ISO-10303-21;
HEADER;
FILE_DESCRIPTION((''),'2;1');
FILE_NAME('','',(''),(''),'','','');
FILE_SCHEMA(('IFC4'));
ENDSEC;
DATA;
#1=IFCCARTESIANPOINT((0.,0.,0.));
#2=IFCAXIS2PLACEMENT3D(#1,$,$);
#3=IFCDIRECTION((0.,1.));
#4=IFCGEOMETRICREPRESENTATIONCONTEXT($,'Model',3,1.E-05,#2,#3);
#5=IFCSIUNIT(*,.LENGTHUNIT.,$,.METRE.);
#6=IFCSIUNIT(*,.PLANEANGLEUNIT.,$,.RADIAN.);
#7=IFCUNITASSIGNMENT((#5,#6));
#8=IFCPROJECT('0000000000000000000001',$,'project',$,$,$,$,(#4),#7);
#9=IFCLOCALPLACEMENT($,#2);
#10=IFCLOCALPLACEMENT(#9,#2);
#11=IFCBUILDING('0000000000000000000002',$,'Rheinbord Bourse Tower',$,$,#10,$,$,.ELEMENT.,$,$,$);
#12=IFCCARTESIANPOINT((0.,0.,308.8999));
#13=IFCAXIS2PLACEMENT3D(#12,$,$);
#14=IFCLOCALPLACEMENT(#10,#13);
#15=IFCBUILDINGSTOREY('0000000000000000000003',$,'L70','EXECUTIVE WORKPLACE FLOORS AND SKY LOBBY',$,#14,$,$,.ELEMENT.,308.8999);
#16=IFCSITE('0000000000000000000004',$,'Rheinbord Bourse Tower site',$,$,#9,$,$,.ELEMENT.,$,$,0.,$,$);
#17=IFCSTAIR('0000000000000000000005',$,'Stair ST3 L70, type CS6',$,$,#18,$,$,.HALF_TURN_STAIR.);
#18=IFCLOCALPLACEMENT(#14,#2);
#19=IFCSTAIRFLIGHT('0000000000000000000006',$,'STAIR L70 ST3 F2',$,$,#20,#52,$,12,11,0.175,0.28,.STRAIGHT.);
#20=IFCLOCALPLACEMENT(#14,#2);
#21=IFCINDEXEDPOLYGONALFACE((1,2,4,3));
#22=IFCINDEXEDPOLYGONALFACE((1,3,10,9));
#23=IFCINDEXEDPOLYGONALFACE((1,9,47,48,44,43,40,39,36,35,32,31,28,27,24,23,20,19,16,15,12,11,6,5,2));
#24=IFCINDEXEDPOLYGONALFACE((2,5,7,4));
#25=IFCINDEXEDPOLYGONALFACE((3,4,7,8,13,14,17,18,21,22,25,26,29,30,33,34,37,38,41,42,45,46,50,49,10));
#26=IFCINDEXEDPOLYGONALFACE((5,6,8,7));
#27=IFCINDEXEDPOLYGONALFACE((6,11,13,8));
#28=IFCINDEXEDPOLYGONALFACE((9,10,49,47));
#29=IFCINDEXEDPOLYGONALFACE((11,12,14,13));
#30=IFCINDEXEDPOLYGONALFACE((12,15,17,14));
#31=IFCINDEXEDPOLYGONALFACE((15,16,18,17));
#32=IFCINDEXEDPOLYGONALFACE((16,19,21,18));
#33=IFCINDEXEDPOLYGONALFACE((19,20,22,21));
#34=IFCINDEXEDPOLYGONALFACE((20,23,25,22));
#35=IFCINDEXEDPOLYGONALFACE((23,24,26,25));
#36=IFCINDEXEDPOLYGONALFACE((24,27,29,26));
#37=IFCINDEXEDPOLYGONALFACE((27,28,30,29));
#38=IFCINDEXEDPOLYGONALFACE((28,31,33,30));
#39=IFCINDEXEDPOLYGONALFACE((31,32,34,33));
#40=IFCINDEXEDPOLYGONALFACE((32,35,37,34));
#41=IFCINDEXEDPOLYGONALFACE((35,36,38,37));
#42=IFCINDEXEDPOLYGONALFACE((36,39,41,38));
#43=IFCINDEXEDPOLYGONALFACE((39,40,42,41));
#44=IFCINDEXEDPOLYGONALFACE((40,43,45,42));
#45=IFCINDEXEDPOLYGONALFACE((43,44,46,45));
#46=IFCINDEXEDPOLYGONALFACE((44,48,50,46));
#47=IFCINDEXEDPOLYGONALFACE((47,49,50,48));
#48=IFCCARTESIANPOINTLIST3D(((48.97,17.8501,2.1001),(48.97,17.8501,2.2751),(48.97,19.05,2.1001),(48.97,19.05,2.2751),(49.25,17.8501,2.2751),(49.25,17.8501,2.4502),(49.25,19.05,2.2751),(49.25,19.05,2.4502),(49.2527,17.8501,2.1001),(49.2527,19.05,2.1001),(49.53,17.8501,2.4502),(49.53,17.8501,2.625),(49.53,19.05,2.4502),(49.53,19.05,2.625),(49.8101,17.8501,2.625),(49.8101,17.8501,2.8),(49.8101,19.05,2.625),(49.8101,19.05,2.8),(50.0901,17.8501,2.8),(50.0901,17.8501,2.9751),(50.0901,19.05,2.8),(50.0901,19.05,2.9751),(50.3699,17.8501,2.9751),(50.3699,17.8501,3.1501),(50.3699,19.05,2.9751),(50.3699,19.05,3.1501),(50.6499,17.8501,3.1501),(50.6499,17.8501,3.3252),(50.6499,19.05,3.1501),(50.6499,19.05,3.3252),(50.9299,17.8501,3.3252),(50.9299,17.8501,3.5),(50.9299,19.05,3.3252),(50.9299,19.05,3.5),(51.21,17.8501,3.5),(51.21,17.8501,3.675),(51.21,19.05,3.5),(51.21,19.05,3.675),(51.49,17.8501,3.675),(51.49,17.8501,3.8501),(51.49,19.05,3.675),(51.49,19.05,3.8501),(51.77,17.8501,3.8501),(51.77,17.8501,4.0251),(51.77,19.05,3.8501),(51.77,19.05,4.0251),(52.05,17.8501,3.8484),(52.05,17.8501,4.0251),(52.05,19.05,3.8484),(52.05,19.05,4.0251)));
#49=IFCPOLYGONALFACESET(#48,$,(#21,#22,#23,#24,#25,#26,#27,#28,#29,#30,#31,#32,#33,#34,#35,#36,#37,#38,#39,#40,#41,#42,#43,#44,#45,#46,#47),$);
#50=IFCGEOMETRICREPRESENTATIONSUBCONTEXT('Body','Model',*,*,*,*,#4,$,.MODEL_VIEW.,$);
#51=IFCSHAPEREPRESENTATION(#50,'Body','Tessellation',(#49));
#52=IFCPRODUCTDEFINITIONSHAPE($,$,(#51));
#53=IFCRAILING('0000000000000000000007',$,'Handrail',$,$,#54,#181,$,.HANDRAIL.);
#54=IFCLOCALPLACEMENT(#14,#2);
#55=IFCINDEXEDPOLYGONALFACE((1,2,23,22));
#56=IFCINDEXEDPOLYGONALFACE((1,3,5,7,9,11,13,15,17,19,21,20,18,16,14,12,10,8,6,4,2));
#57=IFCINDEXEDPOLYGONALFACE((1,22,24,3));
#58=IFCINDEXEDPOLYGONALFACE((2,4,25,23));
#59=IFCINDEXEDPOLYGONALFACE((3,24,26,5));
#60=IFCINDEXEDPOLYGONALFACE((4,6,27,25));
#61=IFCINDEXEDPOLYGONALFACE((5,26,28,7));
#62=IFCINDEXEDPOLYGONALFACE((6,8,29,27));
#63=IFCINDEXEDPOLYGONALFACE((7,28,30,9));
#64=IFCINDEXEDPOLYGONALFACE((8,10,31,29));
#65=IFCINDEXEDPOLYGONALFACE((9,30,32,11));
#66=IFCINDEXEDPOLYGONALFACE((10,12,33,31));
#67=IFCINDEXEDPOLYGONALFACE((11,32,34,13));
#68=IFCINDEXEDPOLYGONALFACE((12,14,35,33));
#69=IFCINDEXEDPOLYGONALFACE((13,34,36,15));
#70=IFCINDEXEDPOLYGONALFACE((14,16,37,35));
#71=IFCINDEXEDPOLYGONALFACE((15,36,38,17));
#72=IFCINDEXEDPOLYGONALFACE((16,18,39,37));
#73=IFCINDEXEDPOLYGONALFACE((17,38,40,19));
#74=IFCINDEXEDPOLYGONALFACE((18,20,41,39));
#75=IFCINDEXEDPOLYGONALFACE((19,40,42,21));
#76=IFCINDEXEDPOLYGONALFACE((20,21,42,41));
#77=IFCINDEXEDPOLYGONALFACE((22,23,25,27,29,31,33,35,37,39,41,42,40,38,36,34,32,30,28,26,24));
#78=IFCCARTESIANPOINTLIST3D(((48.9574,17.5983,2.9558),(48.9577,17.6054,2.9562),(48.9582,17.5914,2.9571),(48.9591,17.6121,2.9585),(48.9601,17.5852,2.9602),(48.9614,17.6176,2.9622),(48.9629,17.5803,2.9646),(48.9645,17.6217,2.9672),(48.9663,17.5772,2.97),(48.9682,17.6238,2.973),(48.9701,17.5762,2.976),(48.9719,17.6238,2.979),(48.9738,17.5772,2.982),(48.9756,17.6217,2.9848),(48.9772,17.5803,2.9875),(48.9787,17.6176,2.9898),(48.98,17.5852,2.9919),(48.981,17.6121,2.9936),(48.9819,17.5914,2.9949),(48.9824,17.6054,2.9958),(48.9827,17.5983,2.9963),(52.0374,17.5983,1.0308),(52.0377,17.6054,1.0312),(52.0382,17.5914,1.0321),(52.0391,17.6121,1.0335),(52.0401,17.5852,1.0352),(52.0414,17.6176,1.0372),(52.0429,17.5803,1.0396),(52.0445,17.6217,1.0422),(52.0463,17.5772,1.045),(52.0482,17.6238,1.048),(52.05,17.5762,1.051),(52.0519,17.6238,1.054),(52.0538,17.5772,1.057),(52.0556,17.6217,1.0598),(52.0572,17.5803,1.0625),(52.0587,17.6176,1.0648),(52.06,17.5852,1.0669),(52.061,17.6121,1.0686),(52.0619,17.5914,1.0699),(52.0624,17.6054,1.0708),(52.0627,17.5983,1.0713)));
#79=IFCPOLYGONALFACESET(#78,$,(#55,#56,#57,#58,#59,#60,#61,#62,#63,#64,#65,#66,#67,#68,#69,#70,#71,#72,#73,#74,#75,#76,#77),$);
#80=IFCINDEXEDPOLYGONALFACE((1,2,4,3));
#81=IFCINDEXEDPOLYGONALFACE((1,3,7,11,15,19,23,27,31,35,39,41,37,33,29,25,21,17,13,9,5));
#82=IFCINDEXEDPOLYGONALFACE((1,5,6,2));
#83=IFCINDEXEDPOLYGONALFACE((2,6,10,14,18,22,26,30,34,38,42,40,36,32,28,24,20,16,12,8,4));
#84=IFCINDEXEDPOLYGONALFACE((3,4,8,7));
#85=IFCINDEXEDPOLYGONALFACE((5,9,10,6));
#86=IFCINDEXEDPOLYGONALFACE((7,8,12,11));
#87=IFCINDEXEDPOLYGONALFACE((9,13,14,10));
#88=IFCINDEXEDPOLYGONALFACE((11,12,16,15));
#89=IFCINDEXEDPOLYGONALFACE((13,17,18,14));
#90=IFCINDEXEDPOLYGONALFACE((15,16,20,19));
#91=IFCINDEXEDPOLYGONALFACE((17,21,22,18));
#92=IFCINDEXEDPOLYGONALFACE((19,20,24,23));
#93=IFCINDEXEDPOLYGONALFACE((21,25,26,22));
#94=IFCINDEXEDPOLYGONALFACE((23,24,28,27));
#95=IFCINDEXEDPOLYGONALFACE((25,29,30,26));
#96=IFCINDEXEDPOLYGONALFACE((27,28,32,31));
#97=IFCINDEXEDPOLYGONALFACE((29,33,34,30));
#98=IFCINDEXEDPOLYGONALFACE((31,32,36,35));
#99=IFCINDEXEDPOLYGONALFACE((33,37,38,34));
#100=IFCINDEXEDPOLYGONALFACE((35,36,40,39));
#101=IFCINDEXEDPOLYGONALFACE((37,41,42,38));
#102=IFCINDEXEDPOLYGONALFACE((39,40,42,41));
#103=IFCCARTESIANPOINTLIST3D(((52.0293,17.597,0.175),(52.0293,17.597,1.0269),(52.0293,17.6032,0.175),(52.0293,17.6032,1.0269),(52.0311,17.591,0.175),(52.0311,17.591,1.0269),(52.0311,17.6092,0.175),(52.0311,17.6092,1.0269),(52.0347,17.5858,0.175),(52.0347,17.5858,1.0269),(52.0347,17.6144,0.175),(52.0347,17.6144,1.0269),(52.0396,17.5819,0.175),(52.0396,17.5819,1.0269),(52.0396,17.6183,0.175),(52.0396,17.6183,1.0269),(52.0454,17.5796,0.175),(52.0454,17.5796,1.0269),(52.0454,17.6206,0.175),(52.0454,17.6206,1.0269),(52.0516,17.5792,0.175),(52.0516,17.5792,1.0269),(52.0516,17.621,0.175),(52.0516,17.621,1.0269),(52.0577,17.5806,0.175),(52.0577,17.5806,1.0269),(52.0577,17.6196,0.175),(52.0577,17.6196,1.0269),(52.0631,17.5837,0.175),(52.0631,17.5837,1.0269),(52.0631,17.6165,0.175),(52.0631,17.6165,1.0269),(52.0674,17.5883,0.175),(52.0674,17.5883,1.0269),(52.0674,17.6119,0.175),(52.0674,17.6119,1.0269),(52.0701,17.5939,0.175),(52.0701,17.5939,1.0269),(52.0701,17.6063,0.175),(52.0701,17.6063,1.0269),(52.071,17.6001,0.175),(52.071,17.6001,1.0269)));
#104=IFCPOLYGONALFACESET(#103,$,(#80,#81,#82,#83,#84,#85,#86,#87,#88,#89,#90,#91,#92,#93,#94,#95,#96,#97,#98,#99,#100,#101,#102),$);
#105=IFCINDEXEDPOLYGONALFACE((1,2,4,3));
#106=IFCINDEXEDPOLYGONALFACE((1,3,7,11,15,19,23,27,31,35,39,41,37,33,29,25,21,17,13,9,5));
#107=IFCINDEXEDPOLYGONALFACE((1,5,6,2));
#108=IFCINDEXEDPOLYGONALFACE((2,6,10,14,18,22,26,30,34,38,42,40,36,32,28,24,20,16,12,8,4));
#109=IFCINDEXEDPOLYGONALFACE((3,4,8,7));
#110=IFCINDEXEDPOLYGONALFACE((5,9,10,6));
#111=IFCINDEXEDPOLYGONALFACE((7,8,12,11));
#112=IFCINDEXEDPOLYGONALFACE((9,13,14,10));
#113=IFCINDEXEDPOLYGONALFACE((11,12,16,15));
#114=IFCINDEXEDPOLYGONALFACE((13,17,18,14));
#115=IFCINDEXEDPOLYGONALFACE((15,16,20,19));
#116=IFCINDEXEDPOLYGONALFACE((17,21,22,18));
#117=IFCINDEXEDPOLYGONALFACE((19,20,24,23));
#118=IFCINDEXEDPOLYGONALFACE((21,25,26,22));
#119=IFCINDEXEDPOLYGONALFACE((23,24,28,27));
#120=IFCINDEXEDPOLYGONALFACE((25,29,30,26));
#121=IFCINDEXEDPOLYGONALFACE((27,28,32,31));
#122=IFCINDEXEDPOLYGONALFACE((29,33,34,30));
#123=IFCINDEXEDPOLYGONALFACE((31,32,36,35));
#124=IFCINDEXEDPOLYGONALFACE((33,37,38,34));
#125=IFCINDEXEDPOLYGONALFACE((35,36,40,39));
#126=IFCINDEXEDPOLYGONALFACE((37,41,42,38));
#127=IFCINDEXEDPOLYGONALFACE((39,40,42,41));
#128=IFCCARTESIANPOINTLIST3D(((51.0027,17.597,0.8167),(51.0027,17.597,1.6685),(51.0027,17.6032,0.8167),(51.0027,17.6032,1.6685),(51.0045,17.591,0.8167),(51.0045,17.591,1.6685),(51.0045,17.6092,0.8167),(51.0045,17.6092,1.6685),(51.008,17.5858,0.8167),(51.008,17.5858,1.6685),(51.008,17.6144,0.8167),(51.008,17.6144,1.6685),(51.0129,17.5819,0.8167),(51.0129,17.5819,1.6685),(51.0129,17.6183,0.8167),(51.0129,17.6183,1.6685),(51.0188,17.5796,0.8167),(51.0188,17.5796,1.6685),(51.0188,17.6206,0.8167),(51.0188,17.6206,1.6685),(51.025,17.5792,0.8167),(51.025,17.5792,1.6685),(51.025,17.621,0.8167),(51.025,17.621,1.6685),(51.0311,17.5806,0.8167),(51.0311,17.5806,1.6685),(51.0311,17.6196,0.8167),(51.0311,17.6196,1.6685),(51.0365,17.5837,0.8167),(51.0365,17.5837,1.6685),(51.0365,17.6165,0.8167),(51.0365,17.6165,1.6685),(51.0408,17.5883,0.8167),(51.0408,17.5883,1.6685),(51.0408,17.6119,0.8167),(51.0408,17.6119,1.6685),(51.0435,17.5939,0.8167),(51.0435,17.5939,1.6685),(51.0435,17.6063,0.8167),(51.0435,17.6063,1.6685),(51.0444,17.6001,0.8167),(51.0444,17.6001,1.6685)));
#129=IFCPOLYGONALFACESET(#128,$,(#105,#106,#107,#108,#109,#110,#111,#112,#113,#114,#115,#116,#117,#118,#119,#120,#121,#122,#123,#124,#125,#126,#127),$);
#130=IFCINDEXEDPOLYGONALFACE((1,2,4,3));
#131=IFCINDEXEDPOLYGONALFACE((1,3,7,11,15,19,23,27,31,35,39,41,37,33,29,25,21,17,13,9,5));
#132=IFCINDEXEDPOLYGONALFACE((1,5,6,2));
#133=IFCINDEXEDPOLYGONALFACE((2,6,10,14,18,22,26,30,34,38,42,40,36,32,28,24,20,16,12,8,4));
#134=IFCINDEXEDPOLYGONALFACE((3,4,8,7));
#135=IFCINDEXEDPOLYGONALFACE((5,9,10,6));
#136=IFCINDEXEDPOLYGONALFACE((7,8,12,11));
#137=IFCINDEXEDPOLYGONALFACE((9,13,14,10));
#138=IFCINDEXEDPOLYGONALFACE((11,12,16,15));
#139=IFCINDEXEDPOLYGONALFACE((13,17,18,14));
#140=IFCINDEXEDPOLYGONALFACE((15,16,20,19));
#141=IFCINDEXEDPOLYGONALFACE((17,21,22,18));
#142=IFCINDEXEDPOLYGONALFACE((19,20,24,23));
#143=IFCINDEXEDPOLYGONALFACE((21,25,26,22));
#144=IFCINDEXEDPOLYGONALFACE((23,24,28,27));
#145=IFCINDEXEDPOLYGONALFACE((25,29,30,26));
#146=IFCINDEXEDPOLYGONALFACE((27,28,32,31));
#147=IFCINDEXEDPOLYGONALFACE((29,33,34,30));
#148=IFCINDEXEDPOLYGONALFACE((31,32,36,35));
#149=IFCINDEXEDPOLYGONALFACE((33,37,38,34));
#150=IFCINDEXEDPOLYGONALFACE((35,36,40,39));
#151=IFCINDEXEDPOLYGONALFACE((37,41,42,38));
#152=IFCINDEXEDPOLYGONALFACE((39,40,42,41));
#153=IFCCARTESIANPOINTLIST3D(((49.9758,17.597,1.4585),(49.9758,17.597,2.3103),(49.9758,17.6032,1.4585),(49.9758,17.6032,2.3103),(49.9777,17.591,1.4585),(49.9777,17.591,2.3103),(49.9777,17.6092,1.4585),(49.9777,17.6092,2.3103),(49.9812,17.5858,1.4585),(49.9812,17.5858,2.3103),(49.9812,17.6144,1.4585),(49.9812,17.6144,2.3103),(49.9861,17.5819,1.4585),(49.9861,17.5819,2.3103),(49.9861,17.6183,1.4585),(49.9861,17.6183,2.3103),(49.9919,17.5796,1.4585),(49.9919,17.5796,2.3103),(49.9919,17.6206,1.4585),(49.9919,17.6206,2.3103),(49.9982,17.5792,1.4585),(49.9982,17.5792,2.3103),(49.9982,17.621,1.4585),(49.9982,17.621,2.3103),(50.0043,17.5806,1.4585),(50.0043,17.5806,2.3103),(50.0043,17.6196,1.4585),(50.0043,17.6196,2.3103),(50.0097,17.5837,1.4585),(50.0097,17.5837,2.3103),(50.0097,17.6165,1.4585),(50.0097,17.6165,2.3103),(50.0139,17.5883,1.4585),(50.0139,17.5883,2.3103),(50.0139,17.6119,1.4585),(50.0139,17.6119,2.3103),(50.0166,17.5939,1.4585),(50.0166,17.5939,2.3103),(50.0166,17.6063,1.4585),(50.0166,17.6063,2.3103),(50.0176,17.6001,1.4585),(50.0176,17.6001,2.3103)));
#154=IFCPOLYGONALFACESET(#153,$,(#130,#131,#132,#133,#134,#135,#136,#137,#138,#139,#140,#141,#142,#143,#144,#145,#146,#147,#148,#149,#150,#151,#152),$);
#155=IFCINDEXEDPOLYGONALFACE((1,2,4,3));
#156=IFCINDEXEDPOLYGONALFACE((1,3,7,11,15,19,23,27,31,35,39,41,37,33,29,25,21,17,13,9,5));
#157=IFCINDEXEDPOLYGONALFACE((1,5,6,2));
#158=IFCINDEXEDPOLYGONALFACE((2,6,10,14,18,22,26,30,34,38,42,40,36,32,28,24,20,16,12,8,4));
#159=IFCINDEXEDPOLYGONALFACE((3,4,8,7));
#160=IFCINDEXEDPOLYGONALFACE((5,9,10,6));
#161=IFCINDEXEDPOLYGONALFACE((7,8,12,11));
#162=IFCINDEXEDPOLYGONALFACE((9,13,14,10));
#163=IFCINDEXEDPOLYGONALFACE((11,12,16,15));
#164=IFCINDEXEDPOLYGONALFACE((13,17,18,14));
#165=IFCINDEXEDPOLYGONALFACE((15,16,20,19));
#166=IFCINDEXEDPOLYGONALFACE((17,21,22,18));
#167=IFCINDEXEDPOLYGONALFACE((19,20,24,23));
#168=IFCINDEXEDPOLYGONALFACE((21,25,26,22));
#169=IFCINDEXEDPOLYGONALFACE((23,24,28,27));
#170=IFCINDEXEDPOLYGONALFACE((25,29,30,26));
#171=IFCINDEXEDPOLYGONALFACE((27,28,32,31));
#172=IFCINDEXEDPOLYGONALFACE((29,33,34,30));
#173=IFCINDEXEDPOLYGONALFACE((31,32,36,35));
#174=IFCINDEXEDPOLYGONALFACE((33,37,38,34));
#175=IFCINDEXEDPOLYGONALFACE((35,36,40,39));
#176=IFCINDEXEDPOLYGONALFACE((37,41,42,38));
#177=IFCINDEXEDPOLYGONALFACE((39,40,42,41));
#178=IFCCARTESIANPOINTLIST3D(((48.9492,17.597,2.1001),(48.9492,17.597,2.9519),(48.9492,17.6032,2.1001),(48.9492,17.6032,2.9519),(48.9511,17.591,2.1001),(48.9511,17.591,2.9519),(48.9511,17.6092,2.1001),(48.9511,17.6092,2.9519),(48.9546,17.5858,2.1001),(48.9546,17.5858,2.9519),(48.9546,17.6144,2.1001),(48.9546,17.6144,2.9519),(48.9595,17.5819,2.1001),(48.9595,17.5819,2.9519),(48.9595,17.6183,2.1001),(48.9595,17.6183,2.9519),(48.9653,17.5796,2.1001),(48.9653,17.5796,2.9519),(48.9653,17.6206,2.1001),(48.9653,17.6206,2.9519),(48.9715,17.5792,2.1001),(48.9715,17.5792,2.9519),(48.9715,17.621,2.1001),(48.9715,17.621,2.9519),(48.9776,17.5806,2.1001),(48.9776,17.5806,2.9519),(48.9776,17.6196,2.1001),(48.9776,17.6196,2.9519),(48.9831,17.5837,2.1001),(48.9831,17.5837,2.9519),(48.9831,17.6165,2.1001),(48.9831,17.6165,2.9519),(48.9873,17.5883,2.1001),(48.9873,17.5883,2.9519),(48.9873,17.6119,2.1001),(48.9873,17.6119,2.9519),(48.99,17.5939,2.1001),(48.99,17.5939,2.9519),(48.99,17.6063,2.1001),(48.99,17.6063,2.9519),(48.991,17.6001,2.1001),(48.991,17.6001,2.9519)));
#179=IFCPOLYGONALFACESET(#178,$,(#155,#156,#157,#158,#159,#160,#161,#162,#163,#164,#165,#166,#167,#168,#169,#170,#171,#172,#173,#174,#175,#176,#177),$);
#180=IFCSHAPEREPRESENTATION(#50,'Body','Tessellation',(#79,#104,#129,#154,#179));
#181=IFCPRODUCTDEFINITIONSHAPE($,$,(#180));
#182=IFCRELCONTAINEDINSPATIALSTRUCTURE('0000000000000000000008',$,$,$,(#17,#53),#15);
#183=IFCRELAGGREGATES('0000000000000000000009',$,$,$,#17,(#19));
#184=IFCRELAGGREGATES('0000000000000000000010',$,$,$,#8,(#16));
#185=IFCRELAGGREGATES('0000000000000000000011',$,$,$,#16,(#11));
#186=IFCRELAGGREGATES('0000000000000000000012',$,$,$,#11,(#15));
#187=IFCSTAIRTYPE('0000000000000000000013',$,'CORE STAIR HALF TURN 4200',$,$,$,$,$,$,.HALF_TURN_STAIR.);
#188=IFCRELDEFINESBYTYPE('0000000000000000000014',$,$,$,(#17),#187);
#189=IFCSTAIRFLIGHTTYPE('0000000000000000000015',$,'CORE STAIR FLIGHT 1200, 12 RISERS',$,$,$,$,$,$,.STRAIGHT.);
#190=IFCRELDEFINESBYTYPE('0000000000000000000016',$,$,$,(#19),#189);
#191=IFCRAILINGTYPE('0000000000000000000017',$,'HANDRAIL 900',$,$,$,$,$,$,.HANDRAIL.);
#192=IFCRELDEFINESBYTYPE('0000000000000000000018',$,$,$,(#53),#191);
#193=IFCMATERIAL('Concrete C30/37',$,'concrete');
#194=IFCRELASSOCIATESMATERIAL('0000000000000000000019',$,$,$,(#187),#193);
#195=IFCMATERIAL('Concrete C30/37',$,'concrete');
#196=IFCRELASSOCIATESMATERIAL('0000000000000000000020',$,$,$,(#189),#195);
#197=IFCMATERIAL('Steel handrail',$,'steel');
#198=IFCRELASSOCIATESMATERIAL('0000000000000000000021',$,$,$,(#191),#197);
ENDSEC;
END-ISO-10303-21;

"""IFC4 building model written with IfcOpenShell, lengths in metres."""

from ifc_helpers import new_model, si_unit, direction, frame, origin, origin_2d, place, context, subcontext, project, spatial, polyline, circle, outline, extrude, material, type_object, element, aggregate, save


model = new_model("IFC4")

# Units and contexts
model_context = context("Model", 3, precision=1e-05, world=origin(), true_north=direction((0.0, 1.0)))
body_context = subcontext(model_context, "Body", "Model", "MODEL_VIEW")
ifc_project = project(units=[si_unit("LENGTHUNIT", "METRE"), si_unit("PLANEANGLEUNIT", "RADIAN")], contexts=[model_context])

# Site, building, storey
site_placement = place(None, origin())
site = spatial("IfcSite", under=ifc_project, at=site_placement, Name="Rheinbord Bourse Tower site", CompositionType="ELEMENT", RefElevation=0.0)
building_placement = place(site_placement, origin())
building = spatial("IfcBuilding", under=site, at=building_placement, Name="Rheinbord Bourse Tower", CompositionType="ELEMENT")
storey_placement = place(building_placement, frame((0.0, 0.0, 308.8999)))
storey = spatial("IfcBuildingStorey", under=building, at=storey_placement, Name="L70", Description="EXECUTIVE WORKPLACE FLOORS AND SKY LOBBY", CompositionType="ELEMENT", Elevation=308.8999)

# Stair, stair flight
ifc_material_1 = material(Name="Concrete C30/37", Category="concrete")
stair_type = type_object("IfcStairType", Name="CORE STAIR HALF TURN 4200", PredefinedType="HALF_TURN_STAIR", material=ifc_material_1)
stair_placement = place(storey_placement, origin())
stair = element("IfcStair", 1, at=stair_placement, inside=storey, type_object=stair_type, Name="Stair ST3 L70, type CS6", PredefinedType="HALF_TURN_STAIR")
ifc_material_2 = material(Name="Concrete C30/37", Category="concrete")
stair_flight_type = type_object("IfcStairFlightType", Name="CORE STAIR FLIGHT 1200, 12 RISERS", PredefinedType="STRAIGHT", material=ifc_material_2)
stair_flight_placement = place(storey_placement, frame((48.97, 18.45, 2.1001), z_axis=(0.0, 0.0, 1.0), x_axis=(1.0, 0.0, 0.0)))
stair_flight = element("IfcStairFlight", 2, at=stair_flight_placement, type_object=stair_flight_type, Name="STAIR L70 ST3 F2", NumberOfRisers=12, NumberOfTreads=11, PredefinedType="STRAIGHT", RiserHeight=0.175, TreadLength=0.28, context=body_context, shape_type="SweptSolid", body=[
    extrude(outline(polyline([(0.0, 0.0), (0.0, 0.175), (0.28, 0.175), (0.28, 0.3501), (0.5601, 0.3501), (0.5601, 0.5249), (0.8401, 0.5249), (0.8401, 0.7), (1.1201, 0.7), (1.1201, 0.875), (1.3999, 0.875), (1.3999, 1.05), (1.6799, 1.05), (1.6799, 1.2251), (1.96, 1.2251), (1.96, 1.3999), (2.24, 1.3999), (2.24, 1.575), (2.52, 1.575), (2.52, 1.75), (2.8, 1.75), (2.8, 1.925), (3.0801, 1.925), (3.0801, 2.1001), (3.0801, 1.7483), (0.2827, 0.0), (0.0, 0.0)])), frame((0.0, 0.6001, 0.0), z_axis=(0.0, -1.0, 0.0), x_axis=(1.0, 0.0, 0.0)), (0.0, 0.0, 1.0), 1.2),
])
aggregate(stair, [stair_flight])

# Railing
ifc_material_3 = material(Name="Steel handrail", Category="steel")
railing_type = type_object("IfcRailingType", Name="HANDRAIL 900", PredefinedType="HANDRAIL", material=ifc_material_3)
railing_1_placement = place(storey_placement, frame((52.05, 17.6001, 0.175)))
element("IfcRailing", 3, at=railing_1_placement, inside=storey, type_object=railing_type, Name="Handrail", PredefinedType="HANDRAIL", context=body_context, shape_type="SweptSolid", body=[
    extrude(circle(Radius=0.0239, at=origin_2d()), frame((0.0, 0.0, 0.876), z_axis=(-0.847998, 0.0, 0.529999), x_axis=(0.0, -1.0, 0.0)), (0.0, 0.0, 1.0), 3.6321),
    extrude(circle(Radius=0.021, at=origin_2d()), origin(), (0.0, 0.0, 1.0), 0.8518),
    extrude(circle(Radius=0.021, at=origin_2d()), frame((-1.0266, 0.0, 0.6416)), (0.0, 0.0, 1.0), 0.8518),
    extrude(circle(Radius=0.021, at=origin_2d()), frame((-2.0535, 0.0, 1.2834)), (0.0, 0.0, 1.0), 0.8518),
    extrude(circle(Radius=0.021, at=origin_2d()), frame((-3.0801, 0.0, 1.925)), (0.0, 0.0, 1.0), 0.8518),
])

save(model, "model.ifc")
